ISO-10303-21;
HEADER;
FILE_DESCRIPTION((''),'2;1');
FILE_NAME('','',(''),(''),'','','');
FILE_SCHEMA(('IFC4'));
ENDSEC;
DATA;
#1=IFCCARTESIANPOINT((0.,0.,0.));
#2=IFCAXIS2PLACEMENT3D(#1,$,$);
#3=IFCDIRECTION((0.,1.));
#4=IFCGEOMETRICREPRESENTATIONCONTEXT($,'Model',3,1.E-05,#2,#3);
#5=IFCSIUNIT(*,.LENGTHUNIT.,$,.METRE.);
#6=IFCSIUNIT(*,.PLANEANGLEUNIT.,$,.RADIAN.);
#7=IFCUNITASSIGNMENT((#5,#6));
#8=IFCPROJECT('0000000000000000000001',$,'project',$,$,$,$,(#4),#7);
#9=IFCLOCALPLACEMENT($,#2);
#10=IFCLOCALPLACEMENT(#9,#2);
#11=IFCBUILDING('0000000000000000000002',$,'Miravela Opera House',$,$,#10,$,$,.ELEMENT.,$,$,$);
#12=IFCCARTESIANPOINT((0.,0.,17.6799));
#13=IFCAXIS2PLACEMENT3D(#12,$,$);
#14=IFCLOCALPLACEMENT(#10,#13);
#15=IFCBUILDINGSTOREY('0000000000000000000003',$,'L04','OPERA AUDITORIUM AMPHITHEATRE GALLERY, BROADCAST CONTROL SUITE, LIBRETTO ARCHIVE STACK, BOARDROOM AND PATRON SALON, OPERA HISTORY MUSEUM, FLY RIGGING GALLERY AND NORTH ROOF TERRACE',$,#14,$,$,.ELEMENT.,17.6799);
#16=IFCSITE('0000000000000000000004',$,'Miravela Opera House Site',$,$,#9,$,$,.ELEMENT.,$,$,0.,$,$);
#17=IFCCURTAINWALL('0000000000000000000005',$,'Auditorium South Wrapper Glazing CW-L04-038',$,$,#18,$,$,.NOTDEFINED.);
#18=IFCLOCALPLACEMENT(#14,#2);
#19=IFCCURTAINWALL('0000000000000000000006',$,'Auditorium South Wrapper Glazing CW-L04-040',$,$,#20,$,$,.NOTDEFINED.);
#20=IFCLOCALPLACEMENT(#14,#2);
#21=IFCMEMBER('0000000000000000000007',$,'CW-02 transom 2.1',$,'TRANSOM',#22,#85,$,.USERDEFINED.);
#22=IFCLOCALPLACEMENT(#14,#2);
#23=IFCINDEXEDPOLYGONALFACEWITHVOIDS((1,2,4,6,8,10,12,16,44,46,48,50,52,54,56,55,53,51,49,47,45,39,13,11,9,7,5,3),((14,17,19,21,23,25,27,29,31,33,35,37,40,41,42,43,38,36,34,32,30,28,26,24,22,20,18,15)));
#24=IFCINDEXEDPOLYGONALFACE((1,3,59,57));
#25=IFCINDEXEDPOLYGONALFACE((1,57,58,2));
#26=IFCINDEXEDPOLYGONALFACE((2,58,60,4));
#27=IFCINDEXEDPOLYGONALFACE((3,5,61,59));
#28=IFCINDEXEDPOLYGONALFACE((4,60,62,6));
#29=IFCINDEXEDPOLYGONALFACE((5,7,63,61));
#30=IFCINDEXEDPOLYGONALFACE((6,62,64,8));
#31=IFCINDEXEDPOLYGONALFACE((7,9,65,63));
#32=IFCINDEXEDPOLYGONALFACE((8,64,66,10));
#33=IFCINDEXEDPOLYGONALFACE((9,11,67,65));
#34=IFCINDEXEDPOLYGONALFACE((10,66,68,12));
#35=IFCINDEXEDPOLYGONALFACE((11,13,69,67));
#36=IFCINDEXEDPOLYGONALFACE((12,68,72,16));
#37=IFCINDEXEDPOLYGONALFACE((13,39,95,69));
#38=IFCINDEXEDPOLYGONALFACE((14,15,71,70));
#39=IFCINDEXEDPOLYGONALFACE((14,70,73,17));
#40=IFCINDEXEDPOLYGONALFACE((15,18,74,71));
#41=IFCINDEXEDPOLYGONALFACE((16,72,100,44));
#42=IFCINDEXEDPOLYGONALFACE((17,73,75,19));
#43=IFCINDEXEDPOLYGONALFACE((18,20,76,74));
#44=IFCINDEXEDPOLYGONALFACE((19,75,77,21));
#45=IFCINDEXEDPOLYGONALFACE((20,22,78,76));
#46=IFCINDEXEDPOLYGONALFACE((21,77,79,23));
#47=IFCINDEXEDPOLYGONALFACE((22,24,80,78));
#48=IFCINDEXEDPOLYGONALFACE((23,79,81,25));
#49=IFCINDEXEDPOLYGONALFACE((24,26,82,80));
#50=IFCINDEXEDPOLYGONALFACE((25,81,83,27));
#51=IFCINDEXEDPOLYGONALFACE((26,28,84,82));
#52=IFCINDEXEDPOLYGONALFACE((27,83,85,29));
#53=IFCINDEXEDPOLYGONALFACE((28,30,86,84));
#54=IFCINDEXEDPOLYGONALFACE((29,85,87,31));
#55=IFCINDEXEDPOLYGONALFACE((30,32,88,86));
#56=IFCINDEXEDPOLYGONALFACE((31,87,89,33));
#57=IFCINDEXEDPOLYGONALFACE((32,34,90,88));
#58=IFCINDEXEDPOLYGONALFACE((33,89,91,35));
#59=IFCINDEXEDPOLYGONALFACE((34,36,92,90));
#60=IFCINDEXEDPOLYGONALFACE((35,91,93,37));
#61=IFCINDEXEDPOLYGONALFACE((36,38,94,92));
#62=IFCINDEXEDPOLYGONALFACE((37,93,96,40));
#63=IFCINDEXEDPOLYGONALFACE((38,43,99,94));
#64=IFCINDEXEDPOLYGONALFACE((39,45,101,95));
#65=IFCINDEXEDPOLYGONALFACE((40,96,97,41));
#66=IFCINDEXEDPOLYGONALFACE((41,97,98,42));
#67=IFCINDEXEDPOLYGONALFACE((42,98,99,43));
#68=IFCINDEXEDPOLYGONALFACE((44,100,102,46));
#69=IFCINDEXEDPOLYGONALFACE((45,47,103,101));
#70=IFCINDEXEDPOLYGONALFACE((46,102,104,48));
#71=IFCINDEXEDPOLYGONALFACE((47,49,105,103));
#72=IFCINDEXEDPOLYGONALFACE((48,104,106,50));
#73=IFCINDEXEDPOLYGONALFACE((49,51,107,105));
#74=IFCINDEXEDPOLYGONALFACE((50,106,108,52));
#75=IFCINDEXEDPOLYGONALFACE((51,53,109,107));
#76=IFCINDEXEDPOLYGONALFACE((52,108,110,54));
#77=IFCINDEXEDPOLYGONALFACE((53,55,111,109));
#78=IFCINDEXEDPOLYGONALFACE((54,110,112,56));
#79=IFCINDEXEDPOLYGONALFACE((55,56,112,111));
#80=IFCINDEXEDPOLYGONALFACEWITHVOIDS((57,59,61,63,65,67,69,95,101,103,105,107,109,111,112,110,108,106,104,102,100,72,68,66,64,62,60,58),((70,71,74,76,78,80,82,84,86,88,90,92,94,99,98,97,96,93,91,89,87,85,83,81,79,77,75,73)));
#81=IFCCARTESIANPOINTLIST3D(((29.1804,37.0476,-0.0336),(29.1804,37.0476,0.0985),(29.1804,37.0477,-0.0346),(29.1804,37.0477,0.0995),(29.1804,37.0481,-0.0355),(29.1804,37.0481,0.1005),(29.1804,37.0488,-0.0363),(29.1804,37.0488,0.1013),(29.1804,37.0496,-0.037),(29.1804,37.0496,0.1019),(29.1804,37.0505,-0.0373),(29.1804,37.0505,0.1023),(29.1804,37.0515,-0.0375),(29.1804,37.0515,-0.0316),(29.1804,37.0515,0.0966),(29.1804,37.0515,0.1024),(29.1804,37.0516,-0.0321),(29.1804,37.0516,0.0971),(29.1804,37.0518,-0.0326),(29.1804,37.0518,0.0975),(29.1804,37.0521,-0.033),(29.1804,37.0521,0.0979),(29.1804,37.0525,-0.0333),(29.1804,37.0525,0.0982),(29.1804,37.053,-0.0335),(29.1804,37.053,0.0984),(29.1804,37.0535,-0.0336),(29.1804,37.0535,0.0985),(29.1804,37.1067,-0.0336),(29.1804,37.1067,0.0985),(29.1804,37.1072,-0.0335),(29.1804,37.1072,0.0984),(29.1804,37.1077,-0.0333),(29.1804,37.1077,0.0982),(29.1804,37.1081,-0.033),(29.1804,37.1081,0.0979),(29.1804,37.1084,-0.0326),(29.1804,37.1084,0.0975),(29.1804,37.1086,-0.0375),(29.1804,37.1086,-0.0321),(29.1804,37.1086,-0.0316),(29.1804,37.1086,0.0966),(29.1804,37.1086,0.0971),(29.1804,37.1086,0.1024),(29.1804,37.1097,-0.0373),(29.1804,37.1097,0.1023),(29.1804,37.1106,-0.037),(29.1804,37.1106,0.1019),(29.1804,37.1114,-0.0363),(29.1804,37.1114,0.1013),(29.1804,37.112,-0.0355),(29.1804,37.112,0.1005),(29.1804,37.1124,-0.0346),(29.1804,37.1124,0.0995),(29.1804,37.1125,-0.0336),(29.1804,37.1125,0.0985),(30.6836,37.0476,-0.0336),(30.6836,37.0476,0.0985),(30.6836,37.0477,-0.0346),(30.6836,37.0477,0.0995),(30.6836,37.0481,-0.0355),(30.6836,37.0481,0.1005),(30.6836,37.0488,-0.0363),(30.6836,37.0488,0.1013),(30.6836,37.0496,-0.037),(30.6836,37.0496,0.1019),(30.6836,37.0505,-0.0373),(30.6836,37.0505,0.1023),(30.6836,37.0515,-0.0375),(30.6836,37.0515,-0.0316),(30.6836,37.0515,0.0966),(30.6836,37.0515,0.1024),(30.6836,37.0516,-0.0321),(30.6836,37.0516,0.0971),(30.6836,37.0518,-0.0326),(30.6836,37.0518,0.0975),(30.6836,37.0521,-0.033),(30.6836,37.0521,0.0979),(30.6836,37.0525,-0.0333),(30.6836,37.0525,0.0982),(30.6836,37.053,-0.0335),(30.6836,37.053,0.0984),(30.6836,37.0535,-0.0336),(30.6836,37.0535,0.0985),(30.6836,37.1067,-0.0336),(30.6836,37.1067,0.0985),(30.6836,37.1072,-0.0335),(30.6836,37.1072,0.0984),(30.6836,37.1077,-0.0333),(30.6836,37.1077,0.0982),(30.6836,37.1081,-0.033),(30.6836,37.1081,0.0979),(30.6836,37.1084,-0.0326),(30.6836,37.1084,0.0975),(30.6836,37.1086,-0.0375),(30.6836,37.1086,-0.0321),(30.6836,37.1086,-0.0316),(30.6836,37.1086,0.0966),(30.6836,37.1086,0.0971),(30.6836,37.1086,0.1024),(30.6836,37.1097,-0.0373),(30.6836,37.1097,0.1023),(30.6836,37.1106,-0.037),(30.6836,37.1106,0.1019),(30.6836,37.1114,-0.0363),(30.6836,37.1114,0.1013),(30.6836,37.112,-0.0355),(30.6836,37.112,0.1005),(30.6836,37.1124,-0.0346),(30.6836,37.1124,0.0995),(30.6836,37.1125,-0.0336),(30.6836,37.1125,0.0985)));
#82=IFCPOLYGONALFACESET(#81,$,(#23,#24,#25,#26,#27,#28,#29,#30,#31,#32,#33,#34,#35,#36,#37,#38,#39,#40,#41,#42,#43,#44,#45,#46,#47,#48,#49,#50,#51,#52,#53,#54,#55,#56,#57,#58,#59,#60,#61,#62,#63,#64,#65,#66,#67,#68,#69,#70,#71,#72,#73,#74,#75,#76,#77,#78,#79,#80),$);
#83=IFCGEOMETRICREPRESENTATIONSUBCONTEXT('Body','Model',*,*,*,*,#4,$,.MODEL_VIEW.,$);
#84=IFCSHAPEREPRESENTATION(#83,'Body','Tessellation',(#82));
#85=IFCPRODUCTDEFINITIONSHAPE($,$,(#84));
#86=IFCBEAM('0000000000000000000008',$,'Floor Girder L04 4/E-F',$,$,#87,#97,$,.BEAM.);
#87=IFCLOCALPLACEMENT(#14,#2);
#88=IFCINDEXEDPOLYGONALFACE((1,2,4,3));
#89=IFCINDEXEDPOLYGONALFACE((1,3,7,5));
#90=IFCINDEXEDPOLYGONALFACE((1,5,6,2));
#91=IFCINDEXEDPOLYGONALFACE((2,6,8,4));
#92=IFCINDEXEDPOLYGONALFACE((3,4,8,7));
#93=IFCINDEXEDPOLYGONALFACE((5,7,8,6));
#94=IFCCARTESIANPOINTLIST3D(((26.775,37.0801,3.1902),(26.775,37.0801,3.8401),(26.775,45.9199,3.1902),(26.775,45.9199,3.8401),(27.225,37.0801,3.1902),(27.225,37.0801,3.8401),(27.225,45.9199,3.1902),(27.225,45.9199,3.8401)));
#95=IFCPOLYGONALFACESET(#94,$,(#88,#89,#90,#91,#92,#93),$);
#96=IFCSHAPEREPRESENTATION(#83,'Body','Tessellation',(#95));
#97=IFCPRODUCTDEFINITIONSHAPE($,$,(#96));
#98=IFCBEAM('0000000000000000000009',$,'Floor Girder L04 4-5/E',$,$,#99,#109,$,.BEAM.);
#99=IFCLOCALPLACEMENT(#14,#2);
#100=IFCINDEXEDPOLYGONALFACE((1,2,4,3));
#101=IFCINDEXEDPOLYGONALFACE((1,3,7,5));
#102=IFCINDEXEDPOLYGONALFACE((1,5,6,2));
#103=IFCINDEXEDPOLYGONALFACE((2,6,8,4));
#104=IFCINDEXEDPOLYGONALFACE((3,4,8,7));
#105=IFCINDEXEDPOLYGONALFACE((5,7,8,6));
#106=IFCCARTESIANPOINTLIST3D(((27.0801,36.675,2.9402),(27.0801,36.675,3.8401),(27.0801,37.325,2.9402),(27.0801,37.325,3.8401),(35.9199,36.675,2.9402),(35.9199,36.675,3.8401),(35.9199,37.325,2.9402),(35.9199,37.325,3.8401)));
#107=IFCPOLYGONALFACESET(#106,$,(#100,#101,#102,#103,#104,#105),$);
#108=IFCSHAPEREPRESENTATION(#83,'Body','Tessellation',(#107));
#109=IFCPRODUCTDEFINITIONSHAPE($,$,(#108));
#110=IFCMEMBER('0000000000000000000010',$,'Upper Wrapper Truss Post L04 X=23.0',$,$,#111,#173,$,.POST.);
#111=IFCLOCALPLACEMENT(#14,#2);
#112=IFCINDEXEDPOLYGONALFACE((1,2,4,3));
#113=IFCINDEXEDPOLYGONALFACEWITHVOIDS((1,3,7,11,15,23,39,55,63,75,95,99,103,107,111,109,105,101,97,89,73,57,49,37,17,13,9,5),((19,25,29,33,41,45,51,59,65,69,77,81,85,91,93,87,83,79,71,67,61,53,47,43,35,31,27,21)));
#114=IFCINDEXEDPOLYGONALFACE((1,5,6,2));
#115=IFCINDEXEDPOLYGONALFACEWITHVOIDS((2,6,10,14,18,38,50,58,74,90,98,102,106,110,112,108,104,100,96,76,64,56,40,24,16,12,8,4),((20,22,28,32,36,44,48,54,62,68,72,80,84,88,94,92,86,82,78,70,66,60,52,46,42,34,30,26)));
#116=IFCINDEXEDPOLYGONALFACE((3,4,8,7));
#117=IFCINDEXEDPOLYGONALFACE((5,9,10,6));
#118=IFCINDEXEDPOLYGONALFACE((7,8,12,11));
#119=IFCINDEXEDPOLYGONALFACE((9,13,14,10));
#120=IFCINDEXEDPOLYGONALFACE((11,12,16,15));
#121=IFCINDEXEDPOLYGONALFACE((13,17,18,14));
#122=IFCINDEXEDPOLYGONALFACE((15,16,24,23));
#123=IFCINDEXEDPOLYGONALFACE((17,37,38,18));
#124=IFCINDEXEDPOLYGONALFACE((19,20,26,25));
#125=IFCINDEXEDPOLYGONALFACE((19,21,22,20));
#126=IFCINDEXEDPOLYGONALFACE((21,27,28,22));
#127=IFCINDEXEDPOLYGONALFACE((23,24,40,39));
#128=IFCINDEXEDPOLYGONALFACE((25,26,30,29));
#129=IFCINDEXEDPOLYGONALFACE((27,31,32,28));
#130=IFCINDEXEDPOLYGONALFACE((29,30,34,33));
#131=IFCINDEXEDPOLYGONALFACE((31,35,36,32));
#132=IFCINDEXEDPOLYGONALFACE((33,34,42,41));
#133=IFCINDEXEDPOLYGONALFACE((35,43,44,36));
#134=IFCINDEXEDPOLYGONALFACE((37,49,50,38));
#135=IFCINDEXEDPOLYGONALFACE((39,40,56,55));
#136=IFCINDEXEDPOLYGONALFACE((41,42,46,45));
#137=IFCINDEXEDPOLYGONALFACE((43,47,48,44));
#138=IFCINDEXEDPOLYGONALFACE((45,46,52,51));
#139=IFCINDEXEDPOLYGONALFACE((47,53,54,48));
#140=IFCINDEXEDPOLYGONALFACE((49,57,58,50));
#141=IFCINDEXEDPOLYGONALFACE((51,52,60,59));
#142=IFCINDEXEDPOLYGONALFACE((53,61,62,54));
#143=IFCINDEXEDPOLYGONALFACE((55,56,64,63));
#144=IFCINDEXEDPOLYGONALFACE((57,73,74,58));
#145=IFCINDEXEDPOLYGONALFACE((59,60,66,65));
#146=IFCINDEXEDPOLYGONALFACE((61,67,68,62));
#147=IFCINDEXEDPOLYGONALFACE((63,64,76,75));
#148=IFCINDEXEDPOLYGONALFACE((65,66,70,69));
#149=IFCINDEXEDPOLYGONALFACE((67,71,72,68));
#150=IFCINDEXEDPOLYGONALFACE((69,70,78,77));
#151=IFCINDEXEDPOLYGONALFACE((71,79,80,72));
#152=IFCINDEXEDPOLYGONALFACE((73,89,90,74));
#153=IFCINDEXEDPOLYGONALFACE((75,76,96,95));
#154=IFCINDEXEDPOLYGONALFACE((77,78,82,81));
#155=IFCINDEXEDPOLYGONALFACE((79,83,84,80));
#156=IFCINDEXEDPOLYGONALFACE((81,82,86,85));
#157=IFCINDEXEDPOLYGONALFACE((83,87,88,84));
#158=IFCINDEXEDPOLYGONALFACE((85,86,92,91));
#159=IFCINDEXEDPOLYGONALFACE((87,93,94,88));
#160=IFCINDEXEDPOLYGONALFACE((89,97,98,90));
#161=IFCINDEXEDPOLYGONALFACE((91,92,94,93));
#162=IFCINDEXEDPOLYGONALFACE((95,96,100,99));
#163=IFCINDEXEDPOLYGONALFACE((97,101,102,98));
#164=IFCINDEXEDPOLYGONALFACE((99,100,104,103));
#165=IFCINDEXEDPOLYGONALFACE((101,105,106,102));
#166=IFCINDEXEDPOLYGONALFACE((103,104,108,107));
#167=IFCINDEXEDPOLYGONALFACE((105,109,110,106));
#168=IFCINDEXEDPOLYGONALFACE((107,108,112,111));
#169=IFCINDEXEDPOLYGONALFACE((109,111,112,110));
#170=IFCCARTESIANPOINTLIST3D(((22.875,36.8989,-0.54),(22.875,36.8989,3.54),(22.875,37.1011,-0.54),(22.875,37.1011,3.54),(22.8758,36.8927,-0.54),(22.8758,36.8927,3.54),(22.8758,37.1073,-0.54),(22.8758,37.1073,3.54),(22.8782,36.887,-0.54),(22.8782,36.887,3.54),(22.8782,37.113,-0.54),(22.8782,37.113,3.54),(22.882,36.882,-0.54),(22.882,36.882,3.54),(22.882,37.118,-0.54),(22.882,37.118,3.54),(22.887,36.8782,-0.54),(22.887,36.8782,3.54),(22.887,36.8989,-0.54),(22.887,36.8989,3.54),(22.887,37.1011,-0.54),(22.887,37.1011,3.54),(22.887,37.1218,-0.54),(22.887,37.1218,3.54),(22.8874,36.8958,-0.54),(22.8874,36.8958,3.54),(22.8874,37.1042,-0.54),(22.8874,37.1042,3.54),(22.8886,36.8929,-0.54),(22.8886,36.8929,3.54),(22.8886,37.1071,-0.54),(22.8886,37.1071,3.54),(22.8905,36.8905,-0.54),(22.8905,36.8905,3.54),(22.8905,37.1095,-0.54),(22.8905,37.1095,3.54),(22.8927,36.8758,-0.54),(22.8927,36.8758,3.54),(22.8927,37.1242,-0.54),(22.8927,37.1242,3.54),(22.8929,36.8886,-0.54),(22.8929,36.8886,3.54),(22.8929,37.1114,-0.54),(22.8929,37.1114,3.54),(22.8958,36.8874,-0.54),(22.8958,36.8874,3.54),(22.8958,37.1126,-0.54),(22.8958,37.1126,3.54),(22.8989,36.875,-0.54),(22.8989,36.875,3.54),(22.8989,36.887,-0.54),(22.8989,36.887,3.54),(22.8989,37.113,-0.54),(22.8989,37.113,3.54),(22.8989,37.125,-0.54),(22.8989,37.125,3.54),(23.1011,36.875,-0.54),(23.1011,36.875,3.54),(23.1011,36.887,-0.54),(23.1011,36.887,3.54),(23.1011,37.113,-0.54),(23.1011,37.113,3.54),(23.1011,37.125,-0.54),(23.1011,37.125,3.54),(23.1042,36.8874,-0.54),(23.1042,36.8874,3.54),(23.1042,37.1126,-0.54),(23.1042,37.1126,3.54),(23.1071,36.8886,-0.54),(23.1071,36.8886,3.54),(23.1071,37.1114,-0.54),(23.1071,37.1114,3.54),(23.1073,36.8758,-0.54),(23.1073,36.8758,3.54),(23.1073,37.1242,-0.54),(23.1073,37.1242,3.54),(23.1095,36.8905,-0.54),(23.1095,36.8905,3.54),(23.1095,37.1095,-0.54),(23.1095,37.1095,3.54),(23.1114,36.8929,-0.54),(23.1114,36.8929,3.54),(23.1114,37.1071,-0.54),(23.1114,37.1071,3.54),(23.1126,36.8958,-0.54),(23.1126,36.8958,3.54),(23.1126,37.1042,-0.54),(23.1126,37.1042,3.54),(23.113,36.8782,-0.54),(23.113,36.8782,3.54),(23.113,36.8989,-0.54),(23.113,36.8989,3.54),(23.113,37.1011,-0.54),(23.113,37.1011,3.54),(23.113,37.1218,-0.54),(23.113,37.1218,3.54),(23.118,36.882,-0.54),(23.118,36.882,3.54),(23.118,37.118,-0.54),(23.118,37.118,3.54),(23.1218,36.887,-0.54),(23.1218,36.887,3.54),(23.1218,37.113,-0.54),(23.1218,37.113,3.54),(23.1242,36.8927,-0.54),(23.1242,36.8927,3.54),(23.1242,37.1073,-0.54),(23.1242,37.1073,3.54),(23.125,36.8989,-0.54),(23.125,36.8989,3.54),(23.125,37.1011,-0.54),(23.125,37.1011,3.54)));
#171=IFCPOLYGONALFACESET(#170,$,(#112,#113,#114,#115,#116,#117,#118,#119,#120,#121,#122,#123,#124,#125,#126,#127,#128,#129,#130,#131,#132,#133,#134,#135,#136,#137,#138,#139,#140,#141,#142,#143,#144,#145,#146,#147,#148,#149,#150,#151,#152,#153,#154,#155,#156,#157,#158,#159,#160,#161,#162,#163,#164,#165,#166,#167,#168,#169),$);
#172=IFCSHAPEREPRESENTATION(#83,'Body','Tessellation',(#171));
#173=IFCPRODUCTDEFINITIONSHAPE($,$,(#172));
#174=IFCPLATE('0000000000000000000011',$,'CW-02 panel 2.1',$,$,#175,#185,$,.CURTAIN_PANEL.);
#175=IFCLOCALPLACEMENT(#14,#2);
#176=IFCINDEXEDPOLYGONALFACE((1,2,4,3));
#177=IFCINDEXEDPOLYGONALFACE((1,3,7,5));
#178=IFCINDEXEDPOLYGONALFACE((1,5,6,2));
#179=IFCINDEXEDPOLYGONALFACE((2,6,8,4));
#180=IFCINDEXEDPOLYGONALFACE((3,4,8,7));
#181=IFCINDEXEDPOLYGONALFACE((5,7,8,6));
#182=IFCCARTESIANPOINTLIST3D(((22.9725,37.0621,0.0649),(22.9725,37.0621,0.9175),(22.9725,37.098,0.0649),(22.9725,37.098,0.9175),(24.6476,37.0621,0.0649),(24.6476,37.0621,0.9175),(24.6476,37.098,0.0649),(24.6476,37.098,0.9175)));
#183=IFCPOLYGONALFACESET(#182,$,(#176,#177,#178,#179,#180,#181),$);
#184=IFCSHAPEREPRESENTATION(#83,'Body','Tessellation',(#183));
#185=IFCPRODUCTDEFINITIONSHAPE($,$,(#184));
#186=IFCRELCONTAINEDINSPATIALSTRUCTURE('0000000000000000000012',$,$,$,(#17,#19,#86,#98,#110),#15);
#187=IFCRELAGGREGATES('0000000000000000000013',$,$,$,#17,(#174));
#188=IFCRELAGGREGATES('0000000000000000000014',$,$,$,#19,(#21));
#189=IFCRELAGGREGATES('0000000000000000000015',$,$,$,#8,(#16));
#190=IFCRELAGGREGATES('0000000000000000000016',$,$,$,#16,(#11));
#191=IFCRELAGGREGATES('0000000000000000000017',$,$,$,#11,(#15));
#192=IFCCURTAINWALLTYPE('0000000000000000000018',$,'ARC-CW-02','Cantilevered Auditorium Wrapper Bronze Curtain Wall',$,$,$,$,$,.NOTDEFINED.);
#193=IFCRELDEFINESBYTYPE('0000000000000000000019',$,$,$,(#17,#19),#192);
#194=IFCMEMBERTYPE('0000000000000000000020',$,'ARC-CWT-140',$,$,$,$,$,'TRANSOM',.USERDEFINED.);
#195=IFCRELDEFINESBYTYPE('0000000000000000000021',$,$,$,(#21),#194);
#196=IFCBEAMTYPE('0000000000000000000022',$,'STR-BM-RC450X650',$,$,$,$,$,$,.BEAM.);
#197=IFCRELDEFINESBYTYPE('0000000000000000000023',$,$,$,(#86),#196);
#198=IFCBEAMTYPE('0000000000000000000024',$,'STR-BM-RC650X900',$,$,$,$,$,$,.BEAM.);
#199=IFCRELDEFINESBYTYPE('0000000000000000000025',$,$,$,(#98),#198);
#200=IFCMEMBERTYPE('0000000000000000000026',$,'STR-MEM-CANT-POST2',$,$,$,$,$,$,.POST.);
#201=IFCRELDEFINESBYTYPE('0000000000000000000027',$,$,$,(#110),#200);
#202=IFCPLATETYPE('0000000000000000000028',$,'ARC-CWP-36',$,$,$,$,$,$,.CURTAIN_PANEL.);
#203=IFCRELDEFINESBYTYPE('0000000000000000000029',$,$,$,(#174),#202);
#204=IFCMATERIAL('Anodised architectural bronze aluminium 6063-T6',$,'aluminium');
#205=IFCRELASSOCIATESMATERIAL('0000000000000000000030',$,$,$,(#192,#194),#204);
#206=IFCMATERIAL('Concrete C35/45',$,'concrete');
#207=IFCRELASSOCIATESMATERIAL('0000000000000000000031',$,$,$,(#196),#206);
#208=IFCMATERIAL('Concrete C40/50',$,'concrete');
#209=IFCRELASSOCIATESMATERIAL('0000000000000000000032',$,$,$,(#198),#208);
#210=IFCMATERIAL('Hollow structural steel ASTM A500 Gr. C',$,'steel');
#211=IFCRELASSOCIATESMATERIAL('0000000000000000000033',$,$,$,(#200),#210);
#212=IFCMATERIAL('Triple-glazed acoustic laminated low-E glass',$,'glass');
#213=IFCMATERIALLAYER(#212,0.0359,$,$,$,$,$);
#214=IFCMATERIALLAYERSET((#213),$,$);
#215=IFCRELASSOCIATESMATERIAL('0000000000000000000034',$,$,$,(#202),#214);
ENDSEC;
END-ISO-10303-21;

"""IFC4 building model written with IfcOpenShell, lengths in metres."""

from ifc_helpers import new_model, si_unit, direction, frame, origin, origin_2d, place, context, subcontext, project, spatial, rectangle, hollow_rectangle, extrude, material, layer, layer_set, material_profile, profile_set, type_object, element, aggregate, save


model = new_model("IFC4")

# Units and contexts
model_context = context("Model", 3, precision=1e-05, world=origin(), true_north=direction((0.0, 1.0)))
body_context = subcontext(model_context, "Body", "Model", "MODEL_VIEW")
ifc_project = project(units=[si_unit("LENGTHUNIT", "METRE"), si_unit("PLANEANGLEUNIT", "RADIAN")], contexts=[model_context])

# Site, building, storey
site_placement = place(None, origin())
site = spatial("IfcSite", under=ifc_project, at=site_placement, Name="Miravela Opera House Site", CompositionType="ELEMENT", RefElevation=0.0)
building_placement = place(site_placement, origin())
building = spatial("IfcBuilding", under=site, at=building_placement, Name="Miravela Opera House", CompositionType="ELEMENT")
storey_placement = place(building_placement, frame((0.0, 0.0, 17.6799)))
storey = spatial("IfcBuildingStorey", under=building, at=storey_placement, Name="L04", Description="OPERA AUDITORIUM AMPHITHEATRE GALLERY, BROADCAST CONTROL SUITE, LIBRETTO ARCHIVE STACK, BOARDROOM AND PATRON SALON, OPERA HISTORY MUSEUM, FLY RIGGING GALLERY AND NORTH ROOF TERRACE", CompositionType="ELEMENT", Elevation=17.6799)

# Shared definitions
ifc_material_1 = material(Name="Concrete C35/45", Category="concrete")

# Curtain walls
ifc_material_2 = material(Name="Anodised architectural bronze aluminium 6063-T6", Category="aluminium")
curtain_wall_type = type_object("IfcCurtainWallType", Name="ARC-CW-02", Description="Cantilevered Auditorium Wrapper Bronze Curtain Wall", PredefinedType="NOTDEFINED", material=ifc_material_2)
curtain_wall_1_placement = place(storey_placement, origin())
curtain_wall_1 = element("IfcCurtainWall", 1, at=curtain_wall_1_placement, inside=storey, type_object=curtain_wall_type, Name="Auditorium South Wrapper Glazing CW-L04-038", PredefinedType="NOTDEFINED")
curtain_wall_2_placement = place(storey_placement, origin())
curtain_wall_2 = element("IfcCurtainWall", 2, at=curtain_wall_2_placement, inside=storey, type_object=curtain_wall_type, Name="Auditorium South Wrapper Glazing CW-L04-040", PredefinedType="NOTDEFINED")

# Member
ifc_material_profile_1 = material_profile(ifc_material_2, hollow_rectangle(XDim=0.0649, YDim=0.1399, WallThickness=0.0039, InnerFilletRadius=0.002, OuterFilletRadius=0.0039, at=origin_2d()), Name="CWT-65X140")
ifc_profile_set_1 = profile_set([ifc_material_profile_1])
member_type_1 = type_object("IfcMemberType", Name="ARC-CWT-140", ElementType="TRANSOM", PredefinedType="USERDEFINED", material=ifc_profile_set_1)
member_1_placement = place(storey_placement, frame((29.1804, 37.0801, 0.0325), z_axis=(1.0, 0.0, 0.0), x_axis=(0.0, 1.0, 0.0)))
member_1 = element("IfcMember", 3, at=member_1_placement, type_object=member_type_1, Name="CW-02 transom 2.1", ObjectType="TRANSOM", PredefinedType="USERDEFINED", context=body_context, shape_type="SweptSolid", body=[
    extrude(hollow_rectangle(XDim=0.0649, YDim=0.1399, WallThickness=0.0039, InnerFilletRadius=0.002, OuterFilletRadius=0.0039, at=origin_2d()), origin(), (0.0, 0.0, 1.0), 1.5032),
])

# Beams
ifc_material_profile_2 = material_profile(ifc_material_1, rectangle(XDim=0.45, YDim=0.6499, at=origin_2d()), Name="RC-BM-450X650")
ifc_profile_set_2 = profile_set([ifc_material_profile_2])
beam_type_1 = type_object("IfcBeamType", Name="STR-BM-RC450X650", PredefinedType="BEAM", material=ifc_profile_set_2)
beam_1_placement = place(storey_placement, frame((27.0, 37.0801, 3.5151), z_axis=(0.0, 1.0, 0.0), x_axis=(-1.0, 0.0, 0.0)))
element("IfcBeam", 4, at=beam_1_placement, inside=storey, type_object=beam_type_1, Name="Floor Girder L04 4/E-F", PredefinedType="BEAM", context=body_context, shape_type="SweptSolid", body=[
    extrude(rectangle(XDim=0.45, YDim=0.6499, at=origin_2d()), origin(), (0.0, 0.0, 1.0), 8.8398),
])
ifc_material_3 = material(Name="Concrete C40/50", Category="concrete")
ifc_material_profile_3 = material_profile(ifc_material_3, rectangle(XDim=0.6499, YDim=0.8999, at=origin_2d()), Name="RC-BM-650X900")
ifc_profile_set_3 = profile_set([ifc_material_profile_3])
beam_type_2 = type_object("IfcBeamType", Name="STR-BM-RC650X900", PredefinedType="BEAM", material=ifc_profile_set_3)
beam_2_placement = place(storey_placement, frame((27.0801, 37.0, 3.3901), z_axis=(1.0, 0.0, 0.0), x_axis=(0.0, 1.0, 0.0)))
element("IfcBeam", 5, at=beam_2_placement, inside=storey, type_object=beam_type_2, Name="Floor Girder L04 4-5/E", PredefinedType="BEAM", context=body_context, shape_type="SweptSolid", body=[
    extrude(rectangle(XDim=0.6499, YDim=0.8999, at=origin_2d()), origin(), (0.0, 0.0, 1.0), 8.8398),
])

# Member
ifc_material_4 = material(Name="Hollow structural steel ASTM A500 Gr. C", Category="steel")
ifc_material_profile_4 = material_profile(ifc_material_4, hollow_rectangle(XDim=0.25, YDim=0.25, WallThickness=0.012, InnerFilletRadius=0.012, OuterFilletRadius=0.0239, at=origin_2d()), Name="HSS250X250X12")
ifc_profile_set_4 = profile_set([ifc_material_profile_4])
member_type_2 = type_object("IfcMemberType", Name="STR-MEM-CANT-POST2", PredefinedType="POST", material=ifc_profile_set_4)
member_2_placement = place(storey_placement, frame((23.0, 37.0, -0.54), z_axis=(0.0, 0.0, 1.0), x_axis=(1.0, 0.0, 0.0)))
element("IfcMember", 6, at=member_2_placement, inside=storey, type_object=member_type_2, Name="Upper Wrapper Truss Post L04 X=23.0", PredefinedType="POST", context=body_context, shape_type="SweptSolid", body=[
    extrude(hollow_rectangle(XDim=0.25, YDim=0.25, WallThickness=0.012, InnerFilletRadius=0.012, OuterFilletRadius=0.0239, at=origin_2d()), origin(), (0.0, 0.0, 1.0), 4.0801),
])

# Plate
ifc_material_5 = material(Name="Triple-glazed acoustic laminated low-E glass", Category="glass")
ifc_layer = layer(ifc_material_5, 0.0359)
ifc_layer_set = layer_set([ifc_layer])
plate_type = type_object("IfcPlateType", Name="ARC-CWP-36", PredefinedType="CURTAIN_PANEL", material=ifc_layer_set)
plate_1_placement = place(storey_placement, frame((23.8101, 37.0801, 0.0649), z_axis=(0.0, 0.0, 1.0), x_axis=(1.0, 0.0, 0.0)))
plate_1 = element("IfcPlate", 7, at=plate_1_placement, type_object=plate_type, Name="CW-02 panel 2.1", PredefinedType="CURTAIN_PANEL", context=body_context, shape_type="SweptSolid", body=[
    extrude(rectangle(XDim=1.675, YDim=0.0359, at=origin_2d()), origin(), (0.0, 0.0, 1.0), 0.8525),
])
aggregate(curtain_wall_1, [plate_1])
aggregate(curtain_wall_2, [member_1])

save(model, "model.ifc")
